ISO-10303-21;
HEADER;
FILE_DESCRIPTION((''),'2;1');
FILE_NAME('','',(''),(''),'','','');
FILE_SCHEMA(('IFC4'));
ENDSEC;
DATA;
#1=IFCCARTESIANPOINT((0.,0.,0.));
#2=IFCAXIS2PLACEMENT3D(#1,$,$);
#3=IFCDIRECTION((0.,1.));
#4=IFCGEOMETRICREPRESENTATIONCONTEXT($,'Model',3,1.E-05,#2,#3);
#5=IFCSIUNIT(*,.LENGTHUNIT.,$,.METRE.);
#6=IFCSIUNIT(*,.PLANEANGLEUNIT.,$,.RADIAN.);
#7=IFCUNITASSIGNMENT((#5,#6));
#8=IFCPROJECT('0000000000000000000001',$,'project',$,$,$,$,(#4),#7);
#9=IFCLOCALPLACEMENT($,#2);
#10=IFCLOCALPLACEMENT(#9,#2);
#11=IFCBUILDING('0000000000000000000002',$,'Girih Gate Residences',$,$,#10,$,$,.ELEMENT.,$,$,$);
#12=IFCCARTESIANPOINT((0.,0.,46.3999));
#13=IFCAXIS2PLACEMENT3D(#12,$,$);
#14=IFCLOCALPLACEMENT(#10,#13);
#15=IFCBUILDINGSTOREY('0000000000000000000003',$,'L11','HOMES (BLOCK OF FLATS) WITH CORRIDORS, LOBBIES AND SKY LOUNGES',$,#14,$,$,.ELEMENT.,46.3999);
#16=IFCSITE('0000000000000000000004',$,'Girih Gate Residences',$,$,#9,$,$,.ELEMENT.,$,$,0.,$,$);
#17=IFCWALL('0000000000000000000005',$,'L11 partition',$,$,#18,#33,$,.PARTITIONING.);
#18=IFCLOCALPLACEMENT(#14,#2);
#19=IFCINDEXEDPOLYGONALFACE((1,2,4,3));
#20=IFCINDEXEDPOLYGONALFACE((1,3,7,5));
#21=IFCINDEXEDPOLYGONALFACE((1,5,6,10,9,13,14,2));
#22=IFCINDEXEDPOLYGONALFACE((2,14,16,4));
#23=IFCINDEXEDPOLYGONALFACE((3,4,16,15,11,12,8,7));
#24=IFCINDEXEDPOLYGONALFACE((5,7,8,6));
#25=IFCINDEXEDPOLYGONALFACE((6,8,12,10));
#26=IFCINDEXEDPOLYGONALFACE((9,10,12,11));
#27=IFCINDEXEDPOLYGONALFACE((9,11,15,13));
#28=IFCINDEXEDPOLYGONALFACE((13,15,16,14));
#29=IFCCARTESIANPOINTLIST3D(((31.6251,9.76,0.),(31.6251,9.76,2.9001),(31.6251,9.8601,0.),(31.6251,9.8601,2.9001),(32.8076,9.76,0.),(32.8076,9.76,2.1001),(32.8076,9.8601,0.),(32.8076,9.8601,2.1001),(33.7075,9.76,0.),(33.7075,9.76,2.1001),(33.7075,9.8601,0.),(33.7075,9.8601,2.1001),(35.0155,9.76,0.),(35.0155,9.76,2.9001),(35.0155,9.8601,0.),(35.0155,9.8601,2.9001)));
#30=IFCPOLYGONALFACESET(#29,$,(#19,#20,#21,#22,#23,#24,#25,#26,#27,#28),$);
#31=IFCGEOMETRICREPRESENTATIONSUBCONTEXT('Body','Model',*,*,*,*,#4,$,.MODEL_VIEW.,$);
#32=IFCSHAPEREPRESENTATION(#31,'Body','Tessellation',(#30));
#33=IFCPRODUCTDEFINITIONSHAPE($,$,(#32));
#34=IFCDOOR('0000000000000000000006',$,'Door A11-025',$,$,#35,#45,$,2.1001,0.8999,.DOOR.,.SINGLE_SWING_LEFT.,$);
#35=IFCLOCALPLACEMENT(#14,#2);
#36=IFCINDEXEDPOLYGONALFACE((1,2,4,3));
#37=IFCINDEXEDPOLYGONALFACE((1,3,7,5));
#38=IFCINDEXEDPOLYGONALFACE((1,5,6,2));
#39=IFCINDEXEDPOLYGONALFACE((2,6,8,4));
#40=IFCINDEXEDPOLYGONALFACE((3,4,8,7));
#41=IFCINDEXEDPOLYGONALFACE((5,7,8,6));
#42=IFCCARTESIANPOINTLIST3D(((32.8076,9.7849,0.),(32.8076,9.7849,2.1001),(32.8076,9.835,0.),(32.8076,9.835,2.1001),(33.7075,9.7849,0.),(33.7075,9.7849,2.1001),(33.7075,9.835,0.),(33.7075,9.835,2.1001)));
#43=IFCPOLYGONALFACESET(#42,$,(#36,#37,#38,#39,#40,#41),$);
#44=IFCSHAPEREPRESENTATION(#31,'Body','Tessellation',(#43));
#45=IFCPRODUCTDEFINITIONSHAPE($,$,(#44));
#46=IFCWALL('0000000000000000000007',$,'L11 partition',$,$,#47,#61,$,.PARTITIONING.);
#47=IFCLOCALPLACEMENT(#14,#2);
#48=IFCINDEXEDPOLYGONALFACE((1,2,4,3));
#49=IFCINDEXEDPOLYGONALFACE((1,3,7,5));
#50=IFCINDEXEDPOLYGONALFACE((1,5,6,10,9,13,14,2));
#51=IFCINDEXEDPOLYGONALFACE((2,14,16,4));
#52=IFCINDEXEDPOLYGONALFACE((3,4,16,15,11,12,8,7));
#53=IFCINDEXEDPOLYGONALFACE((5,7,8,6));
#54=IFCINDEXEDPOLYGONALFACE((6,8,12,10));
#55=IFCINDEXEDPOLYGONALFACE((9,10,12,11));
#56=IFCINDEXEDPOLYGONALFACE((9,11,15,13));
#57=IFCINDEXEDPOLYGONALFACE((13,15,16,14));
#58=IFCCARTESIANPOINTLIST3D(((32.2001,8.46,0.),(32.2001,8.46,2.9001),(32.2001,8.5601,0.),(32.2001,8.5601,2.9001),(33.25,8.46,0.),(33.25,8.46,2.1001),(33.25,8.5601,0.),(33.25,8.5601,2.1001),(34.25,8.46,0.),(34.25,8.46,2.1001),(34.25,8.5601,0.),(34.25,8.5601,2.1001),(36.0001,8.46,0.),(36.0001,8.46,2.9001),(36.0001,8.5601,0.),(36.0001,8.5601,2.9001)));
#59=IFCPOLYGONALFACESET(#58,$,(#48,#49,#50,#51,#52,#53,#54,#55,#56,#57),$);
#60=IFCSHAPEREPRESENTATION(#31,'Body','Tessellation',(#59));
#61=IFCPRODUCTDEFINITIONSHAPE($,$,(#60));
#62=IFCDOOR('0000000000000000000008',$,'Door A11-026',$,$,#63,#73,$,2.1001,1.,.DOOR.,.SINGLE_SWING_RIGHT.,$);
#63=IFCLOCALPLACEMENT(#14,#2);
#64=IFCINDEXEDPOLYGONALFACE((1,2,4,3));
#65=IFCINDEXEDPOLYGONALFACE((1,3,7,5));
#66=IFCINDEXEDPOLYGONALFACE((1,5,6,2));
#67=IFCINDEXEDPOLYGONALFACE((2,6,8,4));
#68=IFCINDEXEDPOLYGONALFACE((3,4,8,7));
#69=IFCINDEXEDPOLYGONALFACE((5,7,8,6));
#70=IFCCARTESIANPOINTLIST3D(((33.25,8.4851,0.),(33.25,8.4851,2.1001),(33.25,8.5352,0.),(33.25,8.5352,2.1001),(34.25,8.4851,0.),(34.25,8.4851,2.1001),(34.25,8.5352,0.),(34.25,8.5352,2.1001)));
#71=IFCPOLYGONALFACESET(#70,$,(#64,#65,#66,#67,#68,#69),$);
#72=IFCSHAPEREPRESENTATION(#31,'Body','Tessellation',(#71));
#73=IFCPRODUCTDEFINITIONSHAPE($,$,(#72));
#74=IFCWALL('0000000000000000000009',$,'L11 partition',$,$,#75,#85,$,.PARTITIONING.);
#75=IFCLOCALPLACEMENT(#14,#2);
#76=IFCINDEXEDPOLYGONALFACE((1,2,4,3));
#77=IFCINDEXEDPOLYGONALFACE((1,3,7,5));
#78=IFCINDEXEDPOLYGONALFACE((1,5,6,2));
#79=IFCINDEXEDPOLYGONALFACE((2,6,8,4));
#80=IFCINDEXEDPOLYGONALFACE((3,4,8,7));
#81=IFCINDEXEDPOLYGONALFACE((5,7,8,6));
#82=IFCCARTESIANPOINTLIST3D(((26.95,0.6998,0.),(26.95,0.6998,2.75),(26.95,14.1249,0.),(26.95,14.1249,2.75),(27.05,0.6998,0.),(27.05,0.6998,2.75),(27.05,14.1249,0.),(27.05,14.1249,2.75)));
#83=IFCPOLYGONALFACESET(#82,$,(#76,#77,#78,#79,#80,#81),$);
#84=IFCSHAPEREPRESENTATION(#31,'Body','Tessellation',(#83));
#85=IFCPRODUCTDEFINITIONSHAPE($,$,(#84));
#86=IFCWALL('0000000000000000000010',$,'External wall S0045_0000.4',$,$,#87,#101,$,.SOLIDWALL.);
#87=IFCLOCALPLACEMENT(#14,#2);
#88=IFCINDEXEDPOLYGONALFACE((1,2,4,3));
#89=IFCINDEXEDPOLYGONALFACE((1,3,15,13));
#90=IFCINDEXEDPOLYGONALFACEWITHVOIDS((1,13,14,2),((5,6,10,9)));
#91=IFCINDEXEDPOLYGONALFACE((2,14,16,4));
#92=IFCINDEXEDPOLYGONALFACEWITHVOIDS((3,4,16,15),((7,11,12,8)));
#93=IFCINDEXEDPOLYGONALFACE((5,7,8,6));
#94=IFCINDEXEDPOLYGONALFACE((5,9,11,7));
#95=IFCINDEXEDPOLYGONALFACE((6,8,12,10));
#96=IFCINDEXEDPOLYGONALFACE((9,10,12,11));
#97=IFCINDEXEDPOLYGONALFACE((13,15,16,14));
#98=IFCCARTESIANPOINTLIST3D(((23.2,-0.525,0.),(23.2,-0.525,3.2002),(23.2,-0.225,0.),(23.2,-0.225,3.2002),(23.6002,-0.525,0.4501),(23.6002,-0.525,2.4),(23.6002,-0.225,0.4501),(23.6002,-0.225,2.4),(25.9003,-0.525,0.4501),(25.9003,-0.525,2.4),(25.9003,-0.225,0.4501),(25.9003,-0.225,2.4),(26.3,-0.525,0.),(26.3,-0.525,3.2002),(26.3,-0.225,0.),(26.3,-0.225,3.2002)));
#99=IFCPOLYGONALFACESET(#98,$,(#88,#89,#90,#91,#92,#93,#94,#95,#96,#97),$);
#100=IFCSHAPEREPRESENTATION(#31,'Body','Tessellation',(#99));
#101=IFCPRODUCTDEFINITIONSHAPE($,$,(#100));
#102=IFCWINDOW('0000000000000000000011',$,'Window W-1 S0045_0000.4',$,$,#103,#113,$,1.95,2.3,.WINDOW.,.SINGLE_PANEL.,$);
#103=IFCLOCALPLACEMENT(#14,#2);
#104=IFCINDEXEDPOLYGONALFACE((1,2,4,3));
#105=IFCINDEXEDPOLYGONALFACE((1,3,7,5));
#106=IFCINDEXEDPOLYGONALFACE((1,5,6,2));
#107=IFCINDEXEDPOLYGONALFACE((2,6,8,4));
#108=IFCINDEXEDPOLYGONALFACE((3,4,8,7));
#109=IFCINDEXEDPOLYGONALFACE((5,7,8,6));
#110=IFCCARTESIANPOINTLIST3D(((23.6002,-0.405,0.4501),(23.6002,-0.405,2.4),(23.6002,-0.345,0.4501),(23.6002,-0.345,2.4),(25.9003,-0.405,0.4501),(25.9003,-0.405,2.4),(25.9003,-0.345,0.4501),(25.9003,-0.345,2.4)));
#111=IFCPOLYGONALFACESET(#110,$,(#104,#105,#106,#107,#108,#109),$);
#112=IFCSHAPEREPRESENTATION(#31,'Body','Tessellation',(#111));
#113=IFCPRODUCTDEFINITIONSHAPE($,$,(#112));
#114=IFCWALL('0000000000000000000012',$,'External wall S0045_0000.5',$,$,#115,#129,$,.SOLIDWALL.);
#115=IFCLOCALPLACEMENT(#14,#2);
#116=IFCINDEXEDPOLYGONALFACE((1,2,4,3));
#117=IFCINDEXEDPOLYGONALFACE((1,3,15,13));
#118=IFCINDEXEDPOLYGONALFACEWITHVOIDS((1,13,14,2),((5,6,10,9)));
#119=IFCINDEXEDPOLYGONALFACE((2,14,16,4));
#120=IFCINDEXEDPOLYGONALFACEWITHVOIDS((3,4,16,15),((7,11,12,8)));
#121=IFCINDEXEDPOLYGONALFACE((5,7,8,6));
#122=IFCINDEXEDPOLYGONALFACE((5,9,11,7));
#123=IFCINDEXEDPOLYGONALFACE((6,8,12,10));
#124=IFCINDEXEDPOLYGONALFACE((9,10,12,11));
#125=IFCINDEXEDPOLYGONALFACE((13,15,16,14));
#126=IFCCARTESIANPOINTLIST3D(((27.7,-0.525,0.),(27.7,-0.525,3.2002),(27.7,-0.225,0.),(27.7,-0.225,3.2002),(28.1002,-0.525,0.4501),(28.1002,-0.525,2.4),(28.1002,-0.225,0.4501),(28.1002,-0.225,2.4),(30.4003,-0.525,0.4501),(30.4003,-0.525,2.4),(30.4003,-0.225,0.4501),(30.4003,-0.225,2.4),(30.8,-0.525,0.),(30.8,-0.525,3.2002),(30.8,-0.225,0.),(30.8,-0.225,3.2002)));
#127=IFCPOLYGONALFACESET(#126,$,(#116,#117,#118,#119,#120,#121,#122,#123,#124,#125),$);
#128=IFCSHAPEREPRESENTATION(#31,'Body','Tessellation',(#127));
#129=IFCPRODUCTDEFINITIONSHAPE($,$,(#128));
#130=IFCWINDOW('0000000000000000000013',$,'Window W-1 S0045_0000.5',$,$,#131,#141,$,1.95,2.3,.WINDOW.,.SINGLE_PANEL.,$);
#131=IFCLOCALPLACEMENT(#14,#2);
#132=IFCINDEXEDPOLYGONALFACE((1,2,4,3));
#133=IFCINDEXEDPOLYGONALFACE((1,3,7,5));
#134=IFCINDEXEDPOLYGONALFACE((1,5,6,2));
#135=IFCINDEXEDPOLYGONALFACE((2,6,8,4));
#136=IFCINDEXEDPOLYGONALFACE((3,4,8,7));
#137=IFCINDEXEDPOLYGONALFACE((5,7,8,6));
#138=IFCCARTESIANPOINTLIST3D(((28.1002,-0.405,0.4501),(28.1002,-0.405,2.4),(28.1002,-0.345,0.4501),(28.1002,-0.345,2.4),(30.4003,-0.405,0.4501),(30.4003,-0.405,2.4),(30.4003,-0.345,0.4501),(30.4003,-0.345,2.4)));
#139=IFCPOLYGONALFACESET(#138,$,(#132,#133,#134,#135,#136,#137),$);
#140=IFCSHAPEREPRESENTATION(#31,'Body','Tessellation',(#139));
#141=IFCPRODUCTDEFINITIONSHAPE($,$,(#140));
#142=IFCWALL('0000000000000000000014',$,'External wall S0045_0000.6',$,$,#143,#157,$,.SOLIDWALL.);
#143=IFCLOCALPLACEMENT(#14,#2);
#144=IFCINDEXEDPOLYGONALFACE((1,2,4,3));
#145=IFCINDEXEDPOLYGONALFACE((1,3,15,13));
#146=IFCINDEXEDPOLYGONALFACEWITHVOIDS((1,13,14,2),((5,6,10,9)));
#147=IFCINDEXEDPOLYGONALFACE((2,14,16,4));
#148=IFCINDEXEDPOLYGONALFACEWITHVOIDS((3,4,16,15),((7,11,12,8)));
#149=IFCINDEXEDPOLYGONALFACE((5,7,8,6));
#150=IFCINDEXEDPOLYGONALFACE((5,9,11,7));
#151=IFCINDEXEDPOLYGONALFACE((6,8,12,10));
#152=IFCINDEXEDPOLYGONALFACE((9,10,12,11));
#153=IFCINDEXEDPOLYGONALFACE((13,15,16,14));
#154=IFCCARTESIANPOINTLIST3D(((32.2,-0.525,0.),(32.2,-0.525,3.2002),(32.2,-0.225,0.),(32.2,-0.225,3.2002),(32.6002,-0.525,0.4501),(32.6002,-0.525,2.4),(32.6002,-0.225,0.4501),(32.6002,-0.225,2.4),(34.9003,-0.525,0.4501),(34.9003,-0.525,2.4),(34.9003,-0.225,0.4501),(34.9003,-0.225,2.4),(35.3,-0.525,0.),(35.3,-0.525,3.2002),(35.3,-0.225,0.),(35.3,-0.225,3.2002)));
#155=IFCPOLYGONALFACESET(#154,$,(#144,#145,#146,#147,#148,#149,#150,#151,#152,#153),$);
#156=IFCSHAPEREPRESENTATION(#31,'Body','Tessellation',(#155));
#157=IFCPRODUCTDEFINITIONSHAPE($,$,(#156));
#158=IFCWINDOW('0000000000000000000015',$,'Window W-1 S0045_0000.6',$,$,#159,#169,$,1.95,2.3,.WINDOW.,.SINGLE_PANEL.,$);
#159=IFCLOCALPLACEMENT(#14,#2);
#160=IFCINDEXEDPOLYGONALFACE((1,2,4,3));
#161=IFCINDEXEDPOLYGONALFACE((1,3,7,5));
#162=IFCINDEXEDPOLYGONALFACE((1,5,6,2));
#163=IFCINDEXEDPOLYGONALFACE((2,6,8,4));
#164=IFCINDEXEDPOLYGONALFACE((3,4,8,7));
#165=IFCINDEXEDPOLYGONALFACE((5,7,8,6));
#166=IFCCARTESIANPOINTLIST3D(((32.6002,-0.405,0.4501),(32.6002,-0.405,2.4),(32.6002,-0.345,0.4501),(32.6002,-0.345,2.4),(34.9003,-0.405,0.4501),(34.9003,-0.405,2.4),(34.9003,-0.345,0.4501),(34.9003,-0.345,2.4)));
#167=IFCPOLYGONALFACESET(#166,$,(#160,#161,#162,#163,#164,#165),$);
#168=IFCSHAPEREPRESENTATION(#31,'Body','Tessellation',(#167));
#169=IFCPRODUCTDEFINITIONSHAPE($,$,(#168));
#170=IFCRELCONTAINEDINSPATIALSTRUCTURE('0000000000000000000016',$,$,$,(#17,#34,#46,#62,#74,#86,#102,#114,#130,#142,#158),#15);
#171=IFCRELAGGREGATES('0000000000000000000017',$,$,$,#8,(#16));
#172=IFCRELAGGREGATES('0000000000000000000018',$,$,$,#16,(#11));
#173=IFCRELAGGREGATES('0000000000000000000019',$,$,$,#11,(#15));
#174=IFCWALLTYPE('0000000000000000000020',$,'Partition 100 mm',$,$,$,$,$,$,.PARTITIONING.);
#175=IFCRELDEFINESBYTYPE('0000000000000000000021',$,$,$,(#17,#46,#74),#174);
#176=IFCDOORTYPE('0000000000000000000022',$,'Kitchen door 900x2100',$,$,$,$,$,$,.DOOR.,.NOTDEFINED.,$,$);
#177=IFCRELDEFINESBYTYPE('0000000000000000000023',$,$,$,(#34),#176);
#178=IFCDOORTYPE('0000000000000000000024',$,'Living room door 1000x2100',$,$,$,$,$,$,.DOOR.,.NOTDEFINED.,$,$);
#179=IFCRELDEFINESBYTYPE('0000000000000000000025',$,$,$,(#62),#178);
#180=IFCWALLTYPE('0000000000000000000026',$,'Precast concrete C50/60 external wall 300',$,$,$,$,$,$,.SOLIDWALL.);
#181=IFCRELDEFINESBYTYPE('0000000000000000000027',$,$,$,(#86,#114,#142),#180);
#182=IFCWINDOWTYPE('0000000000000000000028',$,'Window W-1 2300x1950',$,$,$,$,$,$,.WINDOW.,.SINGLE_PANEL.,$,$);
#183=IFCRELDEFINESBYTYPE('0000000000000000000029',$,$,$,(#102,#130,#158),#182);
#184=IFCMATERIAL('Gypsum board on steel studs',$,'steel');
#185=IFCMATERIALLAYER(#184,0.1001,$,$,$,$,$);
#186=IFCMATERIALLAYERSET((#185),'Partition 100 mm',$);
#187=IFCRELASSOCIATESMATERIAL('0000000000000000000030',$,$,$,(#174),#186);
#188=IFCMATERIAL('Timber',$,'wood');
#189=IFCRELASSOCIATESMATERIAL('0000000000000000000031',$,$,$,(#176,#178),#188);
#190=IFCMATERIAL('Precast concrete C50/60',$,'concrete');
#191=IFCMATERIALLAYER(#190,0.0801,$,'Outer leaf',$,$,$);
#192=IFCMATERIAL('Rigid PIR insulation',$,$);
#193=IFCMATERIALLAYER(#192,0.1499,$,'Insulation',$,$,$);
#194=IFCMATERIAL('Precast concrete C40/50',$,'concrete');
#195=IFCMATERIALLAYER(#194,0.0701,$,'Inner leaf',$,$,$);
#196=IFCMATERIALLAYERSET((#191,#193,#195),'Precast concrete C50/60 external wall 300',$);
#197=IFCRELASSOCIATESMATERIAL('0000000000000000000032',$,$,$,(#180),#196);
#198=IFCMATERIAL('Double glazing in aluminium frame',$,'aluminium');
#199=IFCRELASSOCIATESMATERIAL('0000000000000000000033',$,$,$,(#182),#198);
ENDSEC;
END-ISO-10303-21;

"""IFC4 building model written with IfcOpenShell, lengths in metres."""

from ifc_helpers import new_model, si_unit, direction, frame, frame_2d, origin, place, context, subcontext, project, spatial, rectangle, extrude, material, layer, layer_set, type_object, element, fill, save


model = new_model("IFC4")

# Units and contexts
model_context = context("Model", 3, precision=1e-05, world=origin(), true_north=direction((0.0, 1.0)))
body_context = subcontext(model_context, "Body", "Model", "MODEL_VIEW")
ifc_project = project(units=[si_unit("LENGTHUNIT", "METRE"), si_unit("PLANEANGLEUNIT", "RADIAN")], contexts=[model_context])

# Site, building, storey
site_placement = place(None, origin())
site = spatial("IfcSite", under=ifc_project, at=site_placement, Name="Girih Gate Residences", CompositionType="ELEMENT", RefElevation=0.0)
building_placement = place(site_placement, origin())
building = spatial("IfcBuilding", under=site, at=building_placement, Name="Girih Gate Residences", CompositionType="ELEMENT")
storey_placement = place(building_placement, frame((0.0, 0.0, 46.3999)))
storey = spatial("IfcBuildingStorey", under=building, at=storey_placement, Name="L11", Description="HOMES (BLOCK OF FLATS) WITH CORRIDORS, LOBBIES AND SKY LOUNGES", CompositionType="ELEMENT", Elevation=46.3999)

# Shared definitions
ifc_material_1 = material(Name="Gypsum board on steel studs", Category="steel")
ifc_layer_1 = layer(ifc_material_1, 0.1001)
ifc_layer_set_1 = layer_set([ifc_layer_1], Name="Partition 100 mm")
wall_type_1 = type_object("IfcWallType", Name="Partition 100 mm", PredefinedType="PARTITIONING", material=ifc_layer_set_1)

# Walls, openings, doors
wall_1_placement = place(storey_placement, frame((31.625, 9.8101, 0.0), z_axis=(0.0, 0.0, 1.0), x_axis=(1.0, 0.0, 0.0)))
wall_1 = element("IfcWall", 1, at=wall_1_placement, inside=storey, type_object=wall_type_1, Name="L11 partition", PredefinedType="PARTITIONING", context=body_context, shape_type="SweptSolid", body=[
    extrude(rectangle(XDim=3.3904, YDim=0.1001, at=frame_2d((1.6953, 0.0))), origin(), (0.0, 0.0, 1.0), 2.9001),
])
opening_1_placement = place(wall_1_placement, frame((1.1826, 0.0, 0.0)))
opening_1 = element("IfcOpeningElement", 2, at=opening_1_placement, cuts=wall_1, PredefinedType="OPENING", context=body_context, shape_type="SweptSolid", body=[
    extrude(rectangle(XDim=0.8999, YDim=2.1001, at=frame_2d((0.45, 1.05))), frame((0.0, 0.0601, 0.0), z_axis=(0.0, -1.0, 0.0), x_axis=(1.0, 0.0, 0.0)), (0.0, 0.0, 1.0), 0.1201),
])
ifc_material_2 = material(Name="Timber", Category="wood")
door_type_1 = type_object("IfcDoorType", Name="Kitchen door 900x2100", OperationType="NOTDEFINED", PredefinedType="DOOR", material=ifc_material_2)
door_1_placement = place(opening_1_placement, origin())
door_1 = element("IfcDoor", 3, at=door_1_placement, inside=storey, type_object=door_type_1, Name="Door A11-025", OperationType="SINGLE_SWING_LEFT", OverallHeight=2.1001, OverallWidth=0.8999, PredefinedType="DOOR", context=body_context, shape_type="SweptSolid", body=[
    extrude(rectangle(XDim=0.8999, YDim=2.1001, at=frame_2d((0.45, 1.05))), frame((0.0, 0.0249, 0.0), z_axis=(0.0, -1.0, 0.0), x_axis=(1.0, 0.0, 0.0)), (0.0, 0.0, 1.0), 0.05),
])
fill(opening_1, door_1)
wall_2_placement = place(storey_placement, frame((36.0, 8.51, 0.0), z_axis=(0.0, 0.0, 1.0), x_axis=(-1.0, 0.0, 0.0)))
wall_2 = element("IfcWall", 4, at=wall_2_placement, inside=storey, type_object=wall_type_1, Name="L11 partition", PredefinedType="PARTITIONING", context=body_context, shape_type="SweptSolid", body=[
    extrude(rectangle(XDim=3.8, YDim=0.1001, at=frame_2d((1.8999, 0.0))), origin(), (0.0, 0.0, 1.0), 2.9001),
])
opening_2_placement = place(wall_2_placement, frame((1.75, 0.0, 0.0)))
opening_2 = element("IfcOpeningElement", 5, at=opening_2_placement, cuts=wall_2, PredefinedType="OPENING", context=body_context, shape_type="SweptSolid", body=[
    extrude(rectangle(XDim=1.0, YDim=2.1001, at=frame_2d((0.5, 1.05))), frame((0.0, 0.0601, 0.0), z_axis=(0.0, -1.0, 0.0), x_axis=(1.0, 0.0, 0.0)), (0.0, 0.0, 1.0), 0.1201),
])
door_type_2 = type_object("IfcDoorType", Name="Living room door 1000x2100", OperationType="NOTDEFINED", PredefinedType="DOOR", material=ifc_material_2)
door_2_placement = place(opening_2_placement, origin())
door_2 = element("IfcDoor", 6, at=door_2_placement, inside=storey, type_object=door_type_2, Name="Door A11-026", OperationType="SINGLE_SWING_RIGHT", OverallHeight=2.1001, OverallWidth=1.0, PredefinedType="DOOR", context=body_context, shape_type="SweptSolid", body=[
    extrude(rectangle(XDim=1.0, YDim=2.1001, at=frame_2d((0.5, 1.05))), frame((0.0, 0.0249, 0.0), z_axis=(0.0, -1.0, 0.0), x_axis=(1.0, 0.0, 0.0)), (0.0, 0.0, 1.0), 0.05),
])
fill(opening_2, door_2)

# Wall
wall_3_placement = place(storey_placement, frame((27.0, 0.7, 0.0), z_axis=(0.0, 0.0, 1.0), x_axis=(0.0, 1.0, 0.0)))
element("IfcWall", 7, at=wall_3_placement, inside=storey, type_object=wall_type_1, Name="L11 partition", PredefinedType="PARTITIONING", context=body_context, shape_type="SweptSolid", body=[
    extrude(rectangle(XDim=13.425, YDim=0.1001, at=frame_2d((6.7124, 0.0))), origin(), (0.0, 0.0, 1.0), 2.75),
])

# Walls, openings, windows
ifc_material_3 = material(Name="Precast concrete C50/60", Category="concrete")
ifc_layer_2 = layer(ifc_material_3, 0.0801, Name="Outer leaf")
ifc_material_4 = material(Name="Rigid PIR insulation")
ifc_layer_3 = layer(ifc_material_4, 0.1499, Name="Insulation")
ifc_material_5 = material(Name="Precast concrete C40/50", Category="concrete")
ifc_layer_4 = layer(ifc_material_5, 0.0701, Name="Inner leaf")
ifc_layer_set_2 = layer_set([ifc_layer_2, ifc_layer_3, ifc_layer_4], Name="Precast concrete C50/60 external wall 300")
wall_type_2 = type_object("IfcWallType", Name="Precast concrete C50/60 external wall 300", PredefinedType="SOLIDWALL", material=ifc_layer_set_2)
wall_4_placement = place(storey_placement, frame((26.3, -0.375, 0.0), z_axis=(0.0, 0.0, 1.0), x_axis=(-1.0, 0.0, 0.0)))
wall_4 = element("IfcWall", 8, at=wall_4_placement, inside=storey, type_object=wall_type_2, Name="External wall S0045_0000.4", PredefinedType="SOLIDWALL", context=body_context, shape_type="SweptSolid", body=[
    extrude(rectangle(XDim=3.1001, YDim=0.3, at=frame_2d((1.55, 0.0))), origin(), (0.0, 0.0, 1.0), 3.2002),
])
opening_3_placement = place(wall_4_placement, frame((0.3999, 0.0, 0.45)))
opening_3 = element("IfcOpeningElement", 9, at=opening_3_placement, cuts=wall_4, PredefinedType="OPENING", context=body_context, shape_type="SweptSolid", body=[
    extrude(rectangle(XDim=2.3, YDim=1.95, at=frame_2d((1.1499, 0.9751))), frame((0.0, 0.1599, 0.0), z_axis=(0.0, -1.0, 0.0), x_axis=(1.0, 0.0, 0.0)), (0.0, 0.0, 1.0), 0.3201),
])
ifc_material_6 = material(Name="Double glazing in aluminium frame", Category="aluminium")
window_type = type_object("IfcWindowType", Name="Window W-1 2300x1950", PartitioningType="SINGLE_PANEL", PredefinedType="WINDOW", material=ifc_material_6)
window_1_placement = place(opening_3_placement, origin())
window_1 = element("IfcWindow", 10, at=window_1_placement, inside=storey, type_object=window_type, Name="Window W-1 S0045_0000.4", OverallHeight=1.95, OverallWidth=2.3, PartitioningType="SINGLE_PANEL", PredefinedType="WINDOW", context=body_context, shape_type="SweptSolid", body=[
    extrude(rectangle(XDim=2.3, YDim=1.95, at=frame_2d((1.1499, 0.9751))), frame((0.0, 0.03, 0.0), z_axis=(0.0, -1.0, 0.0), x_axis=(1.0, 0.0, 0.0)), (0.0, 0.0, 1.0), 0.0601),
])
fill(opening_3, window_1)
wall_5_placement = place(storey_placement, frame((30.8, -0.375, 0.0), z_axis=(0.0, 0.0, 1.0), x_axis=(-1.0, 0.0, 0.0)))
wall_5 = element("IfcWall", 11, at=wall_5_placement, inside=storey, type_object=wall_type_2, Name="External wall S0045_0000.5", PredefinedType="SOLIDWALL", context=body_context, shape_type="SweptSolid", body=[
    extrude(rectangle(XDim=3.1001, YDim=0.3, at=frame_2d((1.55, 0.0))), origin(), (0.0, 0.0, 1.0), 3.2002),
])
opening_4_placement = place(wall_5_placement, frame((0.3999, 0.0, 0.45)))
opening_4 = element("IfcOpeningElement", 12, at=opening_4_placement, cuts=wall_5, PredefinedType="OPENING", context=body_context, shape_type="SweptSolid", body=[
    extrude(rectangle(XDim=2.3, YDim=1.95, at=frame_2d((1.1499, 0.9751))), frame((0.0, 0.1599, 0.0), z_axis=(0.0, -1.0, 0.0), x_axis=(1.0, 0.0, 0.0)), (0.0, 0.0, 1.0), 0.3201),
])
window_2_placement = place(opening_4_placement, origin())
window_2 = element("IfcWindow", 13, at=window_2_placement, inside=storey, type_object=window_type, Name="Window W-1 S0045_0000.5", OverallHeight=1.95, OverallWidth=2.3, PartitioningType="SINGLE_PANEL", PredefinedType="WINDOW", context=body_context, shape_type="SweptSolid", body=[
    extrude(rectangle(XDim=2.3, YDim=1.95, at=frame_2d((1.1499, 0.9751))), frame((0.0, 0.03, 0.0), z_axis=(0.0, -1.0, 0.0), x_axis=(1.0, 0.0, 0.0)), (0.0, 0.0, 1.0), 0.0601),
])
fill(opening_4, window_2)
wall_6_placement = place(storey_placement, frame((35.3, -0.375, 0.0), z_axis=(0.0, 0.0, 1.0), x_axis=(-1.0, 0.0, 0.0)))
wall_6 = element("IfcWall", 14, at=wall_6_placement, inside=storey, type_object=wall_type_2, Name="External wall S0045_0000.6", PredefinedType="SOLIDWALL", context=body_context, shape_type="SweptSolid", body=[
    extrude(rectangle(XDim=3.1001, YDim=0.3, at=frame_2d((1.55, 0.0))), origin(), (0.0, 0.0, 1.0), 3.2002),
])
opening_5_placement = place(wall_6_placement, frame((0.3999, 0.0, 0.45)))
opening_5 = element("IfcOpeningElement", 15, at=opening_5_placement, cuts=wall_6, PredefinedType="OPENING", context=body_context, shape_type="SweptSolid", body=[
    extrude(rectangle(XDim=2.3, YDim=1.95, at=frame_2d((1.1499, 0.9751))), frame((0.0, 0.1599, 0.0), z_axis=(0.0, -1.0, 0.0), x_axis=(1.0, 0.0, 0.0)), (0.0, 0.0, 1.0), 0.3201),
])
window_3_placement = place(opening_5_placement, origin())
window_3 = element("IfcWindow", 16, at=window_3_placement, inside=storey, type_object=window_type, Name="Window W-1 S0045_0000.6", OverallHeight=1.95, OverallWidth=2.3, PartitioningType="SINGLE_PANEL", PredefinedType="WINDOW", context=body_context, shape_type="SweptSolid", body=[
    extrude(rectangle(XDim=2.3, YDim=1.95, at=frame_2d((1.1499, 0.9751))), frame((0.0, 0.03, 0.0), z_axis=(0.0, -1.0, 0.0), x_axis=(1.0, 0.0, 0.0)), (0.0, 0.0, 1.0), 0.0601),
])
fill(opening_5, window_3)

save(model, "model.ifc")
